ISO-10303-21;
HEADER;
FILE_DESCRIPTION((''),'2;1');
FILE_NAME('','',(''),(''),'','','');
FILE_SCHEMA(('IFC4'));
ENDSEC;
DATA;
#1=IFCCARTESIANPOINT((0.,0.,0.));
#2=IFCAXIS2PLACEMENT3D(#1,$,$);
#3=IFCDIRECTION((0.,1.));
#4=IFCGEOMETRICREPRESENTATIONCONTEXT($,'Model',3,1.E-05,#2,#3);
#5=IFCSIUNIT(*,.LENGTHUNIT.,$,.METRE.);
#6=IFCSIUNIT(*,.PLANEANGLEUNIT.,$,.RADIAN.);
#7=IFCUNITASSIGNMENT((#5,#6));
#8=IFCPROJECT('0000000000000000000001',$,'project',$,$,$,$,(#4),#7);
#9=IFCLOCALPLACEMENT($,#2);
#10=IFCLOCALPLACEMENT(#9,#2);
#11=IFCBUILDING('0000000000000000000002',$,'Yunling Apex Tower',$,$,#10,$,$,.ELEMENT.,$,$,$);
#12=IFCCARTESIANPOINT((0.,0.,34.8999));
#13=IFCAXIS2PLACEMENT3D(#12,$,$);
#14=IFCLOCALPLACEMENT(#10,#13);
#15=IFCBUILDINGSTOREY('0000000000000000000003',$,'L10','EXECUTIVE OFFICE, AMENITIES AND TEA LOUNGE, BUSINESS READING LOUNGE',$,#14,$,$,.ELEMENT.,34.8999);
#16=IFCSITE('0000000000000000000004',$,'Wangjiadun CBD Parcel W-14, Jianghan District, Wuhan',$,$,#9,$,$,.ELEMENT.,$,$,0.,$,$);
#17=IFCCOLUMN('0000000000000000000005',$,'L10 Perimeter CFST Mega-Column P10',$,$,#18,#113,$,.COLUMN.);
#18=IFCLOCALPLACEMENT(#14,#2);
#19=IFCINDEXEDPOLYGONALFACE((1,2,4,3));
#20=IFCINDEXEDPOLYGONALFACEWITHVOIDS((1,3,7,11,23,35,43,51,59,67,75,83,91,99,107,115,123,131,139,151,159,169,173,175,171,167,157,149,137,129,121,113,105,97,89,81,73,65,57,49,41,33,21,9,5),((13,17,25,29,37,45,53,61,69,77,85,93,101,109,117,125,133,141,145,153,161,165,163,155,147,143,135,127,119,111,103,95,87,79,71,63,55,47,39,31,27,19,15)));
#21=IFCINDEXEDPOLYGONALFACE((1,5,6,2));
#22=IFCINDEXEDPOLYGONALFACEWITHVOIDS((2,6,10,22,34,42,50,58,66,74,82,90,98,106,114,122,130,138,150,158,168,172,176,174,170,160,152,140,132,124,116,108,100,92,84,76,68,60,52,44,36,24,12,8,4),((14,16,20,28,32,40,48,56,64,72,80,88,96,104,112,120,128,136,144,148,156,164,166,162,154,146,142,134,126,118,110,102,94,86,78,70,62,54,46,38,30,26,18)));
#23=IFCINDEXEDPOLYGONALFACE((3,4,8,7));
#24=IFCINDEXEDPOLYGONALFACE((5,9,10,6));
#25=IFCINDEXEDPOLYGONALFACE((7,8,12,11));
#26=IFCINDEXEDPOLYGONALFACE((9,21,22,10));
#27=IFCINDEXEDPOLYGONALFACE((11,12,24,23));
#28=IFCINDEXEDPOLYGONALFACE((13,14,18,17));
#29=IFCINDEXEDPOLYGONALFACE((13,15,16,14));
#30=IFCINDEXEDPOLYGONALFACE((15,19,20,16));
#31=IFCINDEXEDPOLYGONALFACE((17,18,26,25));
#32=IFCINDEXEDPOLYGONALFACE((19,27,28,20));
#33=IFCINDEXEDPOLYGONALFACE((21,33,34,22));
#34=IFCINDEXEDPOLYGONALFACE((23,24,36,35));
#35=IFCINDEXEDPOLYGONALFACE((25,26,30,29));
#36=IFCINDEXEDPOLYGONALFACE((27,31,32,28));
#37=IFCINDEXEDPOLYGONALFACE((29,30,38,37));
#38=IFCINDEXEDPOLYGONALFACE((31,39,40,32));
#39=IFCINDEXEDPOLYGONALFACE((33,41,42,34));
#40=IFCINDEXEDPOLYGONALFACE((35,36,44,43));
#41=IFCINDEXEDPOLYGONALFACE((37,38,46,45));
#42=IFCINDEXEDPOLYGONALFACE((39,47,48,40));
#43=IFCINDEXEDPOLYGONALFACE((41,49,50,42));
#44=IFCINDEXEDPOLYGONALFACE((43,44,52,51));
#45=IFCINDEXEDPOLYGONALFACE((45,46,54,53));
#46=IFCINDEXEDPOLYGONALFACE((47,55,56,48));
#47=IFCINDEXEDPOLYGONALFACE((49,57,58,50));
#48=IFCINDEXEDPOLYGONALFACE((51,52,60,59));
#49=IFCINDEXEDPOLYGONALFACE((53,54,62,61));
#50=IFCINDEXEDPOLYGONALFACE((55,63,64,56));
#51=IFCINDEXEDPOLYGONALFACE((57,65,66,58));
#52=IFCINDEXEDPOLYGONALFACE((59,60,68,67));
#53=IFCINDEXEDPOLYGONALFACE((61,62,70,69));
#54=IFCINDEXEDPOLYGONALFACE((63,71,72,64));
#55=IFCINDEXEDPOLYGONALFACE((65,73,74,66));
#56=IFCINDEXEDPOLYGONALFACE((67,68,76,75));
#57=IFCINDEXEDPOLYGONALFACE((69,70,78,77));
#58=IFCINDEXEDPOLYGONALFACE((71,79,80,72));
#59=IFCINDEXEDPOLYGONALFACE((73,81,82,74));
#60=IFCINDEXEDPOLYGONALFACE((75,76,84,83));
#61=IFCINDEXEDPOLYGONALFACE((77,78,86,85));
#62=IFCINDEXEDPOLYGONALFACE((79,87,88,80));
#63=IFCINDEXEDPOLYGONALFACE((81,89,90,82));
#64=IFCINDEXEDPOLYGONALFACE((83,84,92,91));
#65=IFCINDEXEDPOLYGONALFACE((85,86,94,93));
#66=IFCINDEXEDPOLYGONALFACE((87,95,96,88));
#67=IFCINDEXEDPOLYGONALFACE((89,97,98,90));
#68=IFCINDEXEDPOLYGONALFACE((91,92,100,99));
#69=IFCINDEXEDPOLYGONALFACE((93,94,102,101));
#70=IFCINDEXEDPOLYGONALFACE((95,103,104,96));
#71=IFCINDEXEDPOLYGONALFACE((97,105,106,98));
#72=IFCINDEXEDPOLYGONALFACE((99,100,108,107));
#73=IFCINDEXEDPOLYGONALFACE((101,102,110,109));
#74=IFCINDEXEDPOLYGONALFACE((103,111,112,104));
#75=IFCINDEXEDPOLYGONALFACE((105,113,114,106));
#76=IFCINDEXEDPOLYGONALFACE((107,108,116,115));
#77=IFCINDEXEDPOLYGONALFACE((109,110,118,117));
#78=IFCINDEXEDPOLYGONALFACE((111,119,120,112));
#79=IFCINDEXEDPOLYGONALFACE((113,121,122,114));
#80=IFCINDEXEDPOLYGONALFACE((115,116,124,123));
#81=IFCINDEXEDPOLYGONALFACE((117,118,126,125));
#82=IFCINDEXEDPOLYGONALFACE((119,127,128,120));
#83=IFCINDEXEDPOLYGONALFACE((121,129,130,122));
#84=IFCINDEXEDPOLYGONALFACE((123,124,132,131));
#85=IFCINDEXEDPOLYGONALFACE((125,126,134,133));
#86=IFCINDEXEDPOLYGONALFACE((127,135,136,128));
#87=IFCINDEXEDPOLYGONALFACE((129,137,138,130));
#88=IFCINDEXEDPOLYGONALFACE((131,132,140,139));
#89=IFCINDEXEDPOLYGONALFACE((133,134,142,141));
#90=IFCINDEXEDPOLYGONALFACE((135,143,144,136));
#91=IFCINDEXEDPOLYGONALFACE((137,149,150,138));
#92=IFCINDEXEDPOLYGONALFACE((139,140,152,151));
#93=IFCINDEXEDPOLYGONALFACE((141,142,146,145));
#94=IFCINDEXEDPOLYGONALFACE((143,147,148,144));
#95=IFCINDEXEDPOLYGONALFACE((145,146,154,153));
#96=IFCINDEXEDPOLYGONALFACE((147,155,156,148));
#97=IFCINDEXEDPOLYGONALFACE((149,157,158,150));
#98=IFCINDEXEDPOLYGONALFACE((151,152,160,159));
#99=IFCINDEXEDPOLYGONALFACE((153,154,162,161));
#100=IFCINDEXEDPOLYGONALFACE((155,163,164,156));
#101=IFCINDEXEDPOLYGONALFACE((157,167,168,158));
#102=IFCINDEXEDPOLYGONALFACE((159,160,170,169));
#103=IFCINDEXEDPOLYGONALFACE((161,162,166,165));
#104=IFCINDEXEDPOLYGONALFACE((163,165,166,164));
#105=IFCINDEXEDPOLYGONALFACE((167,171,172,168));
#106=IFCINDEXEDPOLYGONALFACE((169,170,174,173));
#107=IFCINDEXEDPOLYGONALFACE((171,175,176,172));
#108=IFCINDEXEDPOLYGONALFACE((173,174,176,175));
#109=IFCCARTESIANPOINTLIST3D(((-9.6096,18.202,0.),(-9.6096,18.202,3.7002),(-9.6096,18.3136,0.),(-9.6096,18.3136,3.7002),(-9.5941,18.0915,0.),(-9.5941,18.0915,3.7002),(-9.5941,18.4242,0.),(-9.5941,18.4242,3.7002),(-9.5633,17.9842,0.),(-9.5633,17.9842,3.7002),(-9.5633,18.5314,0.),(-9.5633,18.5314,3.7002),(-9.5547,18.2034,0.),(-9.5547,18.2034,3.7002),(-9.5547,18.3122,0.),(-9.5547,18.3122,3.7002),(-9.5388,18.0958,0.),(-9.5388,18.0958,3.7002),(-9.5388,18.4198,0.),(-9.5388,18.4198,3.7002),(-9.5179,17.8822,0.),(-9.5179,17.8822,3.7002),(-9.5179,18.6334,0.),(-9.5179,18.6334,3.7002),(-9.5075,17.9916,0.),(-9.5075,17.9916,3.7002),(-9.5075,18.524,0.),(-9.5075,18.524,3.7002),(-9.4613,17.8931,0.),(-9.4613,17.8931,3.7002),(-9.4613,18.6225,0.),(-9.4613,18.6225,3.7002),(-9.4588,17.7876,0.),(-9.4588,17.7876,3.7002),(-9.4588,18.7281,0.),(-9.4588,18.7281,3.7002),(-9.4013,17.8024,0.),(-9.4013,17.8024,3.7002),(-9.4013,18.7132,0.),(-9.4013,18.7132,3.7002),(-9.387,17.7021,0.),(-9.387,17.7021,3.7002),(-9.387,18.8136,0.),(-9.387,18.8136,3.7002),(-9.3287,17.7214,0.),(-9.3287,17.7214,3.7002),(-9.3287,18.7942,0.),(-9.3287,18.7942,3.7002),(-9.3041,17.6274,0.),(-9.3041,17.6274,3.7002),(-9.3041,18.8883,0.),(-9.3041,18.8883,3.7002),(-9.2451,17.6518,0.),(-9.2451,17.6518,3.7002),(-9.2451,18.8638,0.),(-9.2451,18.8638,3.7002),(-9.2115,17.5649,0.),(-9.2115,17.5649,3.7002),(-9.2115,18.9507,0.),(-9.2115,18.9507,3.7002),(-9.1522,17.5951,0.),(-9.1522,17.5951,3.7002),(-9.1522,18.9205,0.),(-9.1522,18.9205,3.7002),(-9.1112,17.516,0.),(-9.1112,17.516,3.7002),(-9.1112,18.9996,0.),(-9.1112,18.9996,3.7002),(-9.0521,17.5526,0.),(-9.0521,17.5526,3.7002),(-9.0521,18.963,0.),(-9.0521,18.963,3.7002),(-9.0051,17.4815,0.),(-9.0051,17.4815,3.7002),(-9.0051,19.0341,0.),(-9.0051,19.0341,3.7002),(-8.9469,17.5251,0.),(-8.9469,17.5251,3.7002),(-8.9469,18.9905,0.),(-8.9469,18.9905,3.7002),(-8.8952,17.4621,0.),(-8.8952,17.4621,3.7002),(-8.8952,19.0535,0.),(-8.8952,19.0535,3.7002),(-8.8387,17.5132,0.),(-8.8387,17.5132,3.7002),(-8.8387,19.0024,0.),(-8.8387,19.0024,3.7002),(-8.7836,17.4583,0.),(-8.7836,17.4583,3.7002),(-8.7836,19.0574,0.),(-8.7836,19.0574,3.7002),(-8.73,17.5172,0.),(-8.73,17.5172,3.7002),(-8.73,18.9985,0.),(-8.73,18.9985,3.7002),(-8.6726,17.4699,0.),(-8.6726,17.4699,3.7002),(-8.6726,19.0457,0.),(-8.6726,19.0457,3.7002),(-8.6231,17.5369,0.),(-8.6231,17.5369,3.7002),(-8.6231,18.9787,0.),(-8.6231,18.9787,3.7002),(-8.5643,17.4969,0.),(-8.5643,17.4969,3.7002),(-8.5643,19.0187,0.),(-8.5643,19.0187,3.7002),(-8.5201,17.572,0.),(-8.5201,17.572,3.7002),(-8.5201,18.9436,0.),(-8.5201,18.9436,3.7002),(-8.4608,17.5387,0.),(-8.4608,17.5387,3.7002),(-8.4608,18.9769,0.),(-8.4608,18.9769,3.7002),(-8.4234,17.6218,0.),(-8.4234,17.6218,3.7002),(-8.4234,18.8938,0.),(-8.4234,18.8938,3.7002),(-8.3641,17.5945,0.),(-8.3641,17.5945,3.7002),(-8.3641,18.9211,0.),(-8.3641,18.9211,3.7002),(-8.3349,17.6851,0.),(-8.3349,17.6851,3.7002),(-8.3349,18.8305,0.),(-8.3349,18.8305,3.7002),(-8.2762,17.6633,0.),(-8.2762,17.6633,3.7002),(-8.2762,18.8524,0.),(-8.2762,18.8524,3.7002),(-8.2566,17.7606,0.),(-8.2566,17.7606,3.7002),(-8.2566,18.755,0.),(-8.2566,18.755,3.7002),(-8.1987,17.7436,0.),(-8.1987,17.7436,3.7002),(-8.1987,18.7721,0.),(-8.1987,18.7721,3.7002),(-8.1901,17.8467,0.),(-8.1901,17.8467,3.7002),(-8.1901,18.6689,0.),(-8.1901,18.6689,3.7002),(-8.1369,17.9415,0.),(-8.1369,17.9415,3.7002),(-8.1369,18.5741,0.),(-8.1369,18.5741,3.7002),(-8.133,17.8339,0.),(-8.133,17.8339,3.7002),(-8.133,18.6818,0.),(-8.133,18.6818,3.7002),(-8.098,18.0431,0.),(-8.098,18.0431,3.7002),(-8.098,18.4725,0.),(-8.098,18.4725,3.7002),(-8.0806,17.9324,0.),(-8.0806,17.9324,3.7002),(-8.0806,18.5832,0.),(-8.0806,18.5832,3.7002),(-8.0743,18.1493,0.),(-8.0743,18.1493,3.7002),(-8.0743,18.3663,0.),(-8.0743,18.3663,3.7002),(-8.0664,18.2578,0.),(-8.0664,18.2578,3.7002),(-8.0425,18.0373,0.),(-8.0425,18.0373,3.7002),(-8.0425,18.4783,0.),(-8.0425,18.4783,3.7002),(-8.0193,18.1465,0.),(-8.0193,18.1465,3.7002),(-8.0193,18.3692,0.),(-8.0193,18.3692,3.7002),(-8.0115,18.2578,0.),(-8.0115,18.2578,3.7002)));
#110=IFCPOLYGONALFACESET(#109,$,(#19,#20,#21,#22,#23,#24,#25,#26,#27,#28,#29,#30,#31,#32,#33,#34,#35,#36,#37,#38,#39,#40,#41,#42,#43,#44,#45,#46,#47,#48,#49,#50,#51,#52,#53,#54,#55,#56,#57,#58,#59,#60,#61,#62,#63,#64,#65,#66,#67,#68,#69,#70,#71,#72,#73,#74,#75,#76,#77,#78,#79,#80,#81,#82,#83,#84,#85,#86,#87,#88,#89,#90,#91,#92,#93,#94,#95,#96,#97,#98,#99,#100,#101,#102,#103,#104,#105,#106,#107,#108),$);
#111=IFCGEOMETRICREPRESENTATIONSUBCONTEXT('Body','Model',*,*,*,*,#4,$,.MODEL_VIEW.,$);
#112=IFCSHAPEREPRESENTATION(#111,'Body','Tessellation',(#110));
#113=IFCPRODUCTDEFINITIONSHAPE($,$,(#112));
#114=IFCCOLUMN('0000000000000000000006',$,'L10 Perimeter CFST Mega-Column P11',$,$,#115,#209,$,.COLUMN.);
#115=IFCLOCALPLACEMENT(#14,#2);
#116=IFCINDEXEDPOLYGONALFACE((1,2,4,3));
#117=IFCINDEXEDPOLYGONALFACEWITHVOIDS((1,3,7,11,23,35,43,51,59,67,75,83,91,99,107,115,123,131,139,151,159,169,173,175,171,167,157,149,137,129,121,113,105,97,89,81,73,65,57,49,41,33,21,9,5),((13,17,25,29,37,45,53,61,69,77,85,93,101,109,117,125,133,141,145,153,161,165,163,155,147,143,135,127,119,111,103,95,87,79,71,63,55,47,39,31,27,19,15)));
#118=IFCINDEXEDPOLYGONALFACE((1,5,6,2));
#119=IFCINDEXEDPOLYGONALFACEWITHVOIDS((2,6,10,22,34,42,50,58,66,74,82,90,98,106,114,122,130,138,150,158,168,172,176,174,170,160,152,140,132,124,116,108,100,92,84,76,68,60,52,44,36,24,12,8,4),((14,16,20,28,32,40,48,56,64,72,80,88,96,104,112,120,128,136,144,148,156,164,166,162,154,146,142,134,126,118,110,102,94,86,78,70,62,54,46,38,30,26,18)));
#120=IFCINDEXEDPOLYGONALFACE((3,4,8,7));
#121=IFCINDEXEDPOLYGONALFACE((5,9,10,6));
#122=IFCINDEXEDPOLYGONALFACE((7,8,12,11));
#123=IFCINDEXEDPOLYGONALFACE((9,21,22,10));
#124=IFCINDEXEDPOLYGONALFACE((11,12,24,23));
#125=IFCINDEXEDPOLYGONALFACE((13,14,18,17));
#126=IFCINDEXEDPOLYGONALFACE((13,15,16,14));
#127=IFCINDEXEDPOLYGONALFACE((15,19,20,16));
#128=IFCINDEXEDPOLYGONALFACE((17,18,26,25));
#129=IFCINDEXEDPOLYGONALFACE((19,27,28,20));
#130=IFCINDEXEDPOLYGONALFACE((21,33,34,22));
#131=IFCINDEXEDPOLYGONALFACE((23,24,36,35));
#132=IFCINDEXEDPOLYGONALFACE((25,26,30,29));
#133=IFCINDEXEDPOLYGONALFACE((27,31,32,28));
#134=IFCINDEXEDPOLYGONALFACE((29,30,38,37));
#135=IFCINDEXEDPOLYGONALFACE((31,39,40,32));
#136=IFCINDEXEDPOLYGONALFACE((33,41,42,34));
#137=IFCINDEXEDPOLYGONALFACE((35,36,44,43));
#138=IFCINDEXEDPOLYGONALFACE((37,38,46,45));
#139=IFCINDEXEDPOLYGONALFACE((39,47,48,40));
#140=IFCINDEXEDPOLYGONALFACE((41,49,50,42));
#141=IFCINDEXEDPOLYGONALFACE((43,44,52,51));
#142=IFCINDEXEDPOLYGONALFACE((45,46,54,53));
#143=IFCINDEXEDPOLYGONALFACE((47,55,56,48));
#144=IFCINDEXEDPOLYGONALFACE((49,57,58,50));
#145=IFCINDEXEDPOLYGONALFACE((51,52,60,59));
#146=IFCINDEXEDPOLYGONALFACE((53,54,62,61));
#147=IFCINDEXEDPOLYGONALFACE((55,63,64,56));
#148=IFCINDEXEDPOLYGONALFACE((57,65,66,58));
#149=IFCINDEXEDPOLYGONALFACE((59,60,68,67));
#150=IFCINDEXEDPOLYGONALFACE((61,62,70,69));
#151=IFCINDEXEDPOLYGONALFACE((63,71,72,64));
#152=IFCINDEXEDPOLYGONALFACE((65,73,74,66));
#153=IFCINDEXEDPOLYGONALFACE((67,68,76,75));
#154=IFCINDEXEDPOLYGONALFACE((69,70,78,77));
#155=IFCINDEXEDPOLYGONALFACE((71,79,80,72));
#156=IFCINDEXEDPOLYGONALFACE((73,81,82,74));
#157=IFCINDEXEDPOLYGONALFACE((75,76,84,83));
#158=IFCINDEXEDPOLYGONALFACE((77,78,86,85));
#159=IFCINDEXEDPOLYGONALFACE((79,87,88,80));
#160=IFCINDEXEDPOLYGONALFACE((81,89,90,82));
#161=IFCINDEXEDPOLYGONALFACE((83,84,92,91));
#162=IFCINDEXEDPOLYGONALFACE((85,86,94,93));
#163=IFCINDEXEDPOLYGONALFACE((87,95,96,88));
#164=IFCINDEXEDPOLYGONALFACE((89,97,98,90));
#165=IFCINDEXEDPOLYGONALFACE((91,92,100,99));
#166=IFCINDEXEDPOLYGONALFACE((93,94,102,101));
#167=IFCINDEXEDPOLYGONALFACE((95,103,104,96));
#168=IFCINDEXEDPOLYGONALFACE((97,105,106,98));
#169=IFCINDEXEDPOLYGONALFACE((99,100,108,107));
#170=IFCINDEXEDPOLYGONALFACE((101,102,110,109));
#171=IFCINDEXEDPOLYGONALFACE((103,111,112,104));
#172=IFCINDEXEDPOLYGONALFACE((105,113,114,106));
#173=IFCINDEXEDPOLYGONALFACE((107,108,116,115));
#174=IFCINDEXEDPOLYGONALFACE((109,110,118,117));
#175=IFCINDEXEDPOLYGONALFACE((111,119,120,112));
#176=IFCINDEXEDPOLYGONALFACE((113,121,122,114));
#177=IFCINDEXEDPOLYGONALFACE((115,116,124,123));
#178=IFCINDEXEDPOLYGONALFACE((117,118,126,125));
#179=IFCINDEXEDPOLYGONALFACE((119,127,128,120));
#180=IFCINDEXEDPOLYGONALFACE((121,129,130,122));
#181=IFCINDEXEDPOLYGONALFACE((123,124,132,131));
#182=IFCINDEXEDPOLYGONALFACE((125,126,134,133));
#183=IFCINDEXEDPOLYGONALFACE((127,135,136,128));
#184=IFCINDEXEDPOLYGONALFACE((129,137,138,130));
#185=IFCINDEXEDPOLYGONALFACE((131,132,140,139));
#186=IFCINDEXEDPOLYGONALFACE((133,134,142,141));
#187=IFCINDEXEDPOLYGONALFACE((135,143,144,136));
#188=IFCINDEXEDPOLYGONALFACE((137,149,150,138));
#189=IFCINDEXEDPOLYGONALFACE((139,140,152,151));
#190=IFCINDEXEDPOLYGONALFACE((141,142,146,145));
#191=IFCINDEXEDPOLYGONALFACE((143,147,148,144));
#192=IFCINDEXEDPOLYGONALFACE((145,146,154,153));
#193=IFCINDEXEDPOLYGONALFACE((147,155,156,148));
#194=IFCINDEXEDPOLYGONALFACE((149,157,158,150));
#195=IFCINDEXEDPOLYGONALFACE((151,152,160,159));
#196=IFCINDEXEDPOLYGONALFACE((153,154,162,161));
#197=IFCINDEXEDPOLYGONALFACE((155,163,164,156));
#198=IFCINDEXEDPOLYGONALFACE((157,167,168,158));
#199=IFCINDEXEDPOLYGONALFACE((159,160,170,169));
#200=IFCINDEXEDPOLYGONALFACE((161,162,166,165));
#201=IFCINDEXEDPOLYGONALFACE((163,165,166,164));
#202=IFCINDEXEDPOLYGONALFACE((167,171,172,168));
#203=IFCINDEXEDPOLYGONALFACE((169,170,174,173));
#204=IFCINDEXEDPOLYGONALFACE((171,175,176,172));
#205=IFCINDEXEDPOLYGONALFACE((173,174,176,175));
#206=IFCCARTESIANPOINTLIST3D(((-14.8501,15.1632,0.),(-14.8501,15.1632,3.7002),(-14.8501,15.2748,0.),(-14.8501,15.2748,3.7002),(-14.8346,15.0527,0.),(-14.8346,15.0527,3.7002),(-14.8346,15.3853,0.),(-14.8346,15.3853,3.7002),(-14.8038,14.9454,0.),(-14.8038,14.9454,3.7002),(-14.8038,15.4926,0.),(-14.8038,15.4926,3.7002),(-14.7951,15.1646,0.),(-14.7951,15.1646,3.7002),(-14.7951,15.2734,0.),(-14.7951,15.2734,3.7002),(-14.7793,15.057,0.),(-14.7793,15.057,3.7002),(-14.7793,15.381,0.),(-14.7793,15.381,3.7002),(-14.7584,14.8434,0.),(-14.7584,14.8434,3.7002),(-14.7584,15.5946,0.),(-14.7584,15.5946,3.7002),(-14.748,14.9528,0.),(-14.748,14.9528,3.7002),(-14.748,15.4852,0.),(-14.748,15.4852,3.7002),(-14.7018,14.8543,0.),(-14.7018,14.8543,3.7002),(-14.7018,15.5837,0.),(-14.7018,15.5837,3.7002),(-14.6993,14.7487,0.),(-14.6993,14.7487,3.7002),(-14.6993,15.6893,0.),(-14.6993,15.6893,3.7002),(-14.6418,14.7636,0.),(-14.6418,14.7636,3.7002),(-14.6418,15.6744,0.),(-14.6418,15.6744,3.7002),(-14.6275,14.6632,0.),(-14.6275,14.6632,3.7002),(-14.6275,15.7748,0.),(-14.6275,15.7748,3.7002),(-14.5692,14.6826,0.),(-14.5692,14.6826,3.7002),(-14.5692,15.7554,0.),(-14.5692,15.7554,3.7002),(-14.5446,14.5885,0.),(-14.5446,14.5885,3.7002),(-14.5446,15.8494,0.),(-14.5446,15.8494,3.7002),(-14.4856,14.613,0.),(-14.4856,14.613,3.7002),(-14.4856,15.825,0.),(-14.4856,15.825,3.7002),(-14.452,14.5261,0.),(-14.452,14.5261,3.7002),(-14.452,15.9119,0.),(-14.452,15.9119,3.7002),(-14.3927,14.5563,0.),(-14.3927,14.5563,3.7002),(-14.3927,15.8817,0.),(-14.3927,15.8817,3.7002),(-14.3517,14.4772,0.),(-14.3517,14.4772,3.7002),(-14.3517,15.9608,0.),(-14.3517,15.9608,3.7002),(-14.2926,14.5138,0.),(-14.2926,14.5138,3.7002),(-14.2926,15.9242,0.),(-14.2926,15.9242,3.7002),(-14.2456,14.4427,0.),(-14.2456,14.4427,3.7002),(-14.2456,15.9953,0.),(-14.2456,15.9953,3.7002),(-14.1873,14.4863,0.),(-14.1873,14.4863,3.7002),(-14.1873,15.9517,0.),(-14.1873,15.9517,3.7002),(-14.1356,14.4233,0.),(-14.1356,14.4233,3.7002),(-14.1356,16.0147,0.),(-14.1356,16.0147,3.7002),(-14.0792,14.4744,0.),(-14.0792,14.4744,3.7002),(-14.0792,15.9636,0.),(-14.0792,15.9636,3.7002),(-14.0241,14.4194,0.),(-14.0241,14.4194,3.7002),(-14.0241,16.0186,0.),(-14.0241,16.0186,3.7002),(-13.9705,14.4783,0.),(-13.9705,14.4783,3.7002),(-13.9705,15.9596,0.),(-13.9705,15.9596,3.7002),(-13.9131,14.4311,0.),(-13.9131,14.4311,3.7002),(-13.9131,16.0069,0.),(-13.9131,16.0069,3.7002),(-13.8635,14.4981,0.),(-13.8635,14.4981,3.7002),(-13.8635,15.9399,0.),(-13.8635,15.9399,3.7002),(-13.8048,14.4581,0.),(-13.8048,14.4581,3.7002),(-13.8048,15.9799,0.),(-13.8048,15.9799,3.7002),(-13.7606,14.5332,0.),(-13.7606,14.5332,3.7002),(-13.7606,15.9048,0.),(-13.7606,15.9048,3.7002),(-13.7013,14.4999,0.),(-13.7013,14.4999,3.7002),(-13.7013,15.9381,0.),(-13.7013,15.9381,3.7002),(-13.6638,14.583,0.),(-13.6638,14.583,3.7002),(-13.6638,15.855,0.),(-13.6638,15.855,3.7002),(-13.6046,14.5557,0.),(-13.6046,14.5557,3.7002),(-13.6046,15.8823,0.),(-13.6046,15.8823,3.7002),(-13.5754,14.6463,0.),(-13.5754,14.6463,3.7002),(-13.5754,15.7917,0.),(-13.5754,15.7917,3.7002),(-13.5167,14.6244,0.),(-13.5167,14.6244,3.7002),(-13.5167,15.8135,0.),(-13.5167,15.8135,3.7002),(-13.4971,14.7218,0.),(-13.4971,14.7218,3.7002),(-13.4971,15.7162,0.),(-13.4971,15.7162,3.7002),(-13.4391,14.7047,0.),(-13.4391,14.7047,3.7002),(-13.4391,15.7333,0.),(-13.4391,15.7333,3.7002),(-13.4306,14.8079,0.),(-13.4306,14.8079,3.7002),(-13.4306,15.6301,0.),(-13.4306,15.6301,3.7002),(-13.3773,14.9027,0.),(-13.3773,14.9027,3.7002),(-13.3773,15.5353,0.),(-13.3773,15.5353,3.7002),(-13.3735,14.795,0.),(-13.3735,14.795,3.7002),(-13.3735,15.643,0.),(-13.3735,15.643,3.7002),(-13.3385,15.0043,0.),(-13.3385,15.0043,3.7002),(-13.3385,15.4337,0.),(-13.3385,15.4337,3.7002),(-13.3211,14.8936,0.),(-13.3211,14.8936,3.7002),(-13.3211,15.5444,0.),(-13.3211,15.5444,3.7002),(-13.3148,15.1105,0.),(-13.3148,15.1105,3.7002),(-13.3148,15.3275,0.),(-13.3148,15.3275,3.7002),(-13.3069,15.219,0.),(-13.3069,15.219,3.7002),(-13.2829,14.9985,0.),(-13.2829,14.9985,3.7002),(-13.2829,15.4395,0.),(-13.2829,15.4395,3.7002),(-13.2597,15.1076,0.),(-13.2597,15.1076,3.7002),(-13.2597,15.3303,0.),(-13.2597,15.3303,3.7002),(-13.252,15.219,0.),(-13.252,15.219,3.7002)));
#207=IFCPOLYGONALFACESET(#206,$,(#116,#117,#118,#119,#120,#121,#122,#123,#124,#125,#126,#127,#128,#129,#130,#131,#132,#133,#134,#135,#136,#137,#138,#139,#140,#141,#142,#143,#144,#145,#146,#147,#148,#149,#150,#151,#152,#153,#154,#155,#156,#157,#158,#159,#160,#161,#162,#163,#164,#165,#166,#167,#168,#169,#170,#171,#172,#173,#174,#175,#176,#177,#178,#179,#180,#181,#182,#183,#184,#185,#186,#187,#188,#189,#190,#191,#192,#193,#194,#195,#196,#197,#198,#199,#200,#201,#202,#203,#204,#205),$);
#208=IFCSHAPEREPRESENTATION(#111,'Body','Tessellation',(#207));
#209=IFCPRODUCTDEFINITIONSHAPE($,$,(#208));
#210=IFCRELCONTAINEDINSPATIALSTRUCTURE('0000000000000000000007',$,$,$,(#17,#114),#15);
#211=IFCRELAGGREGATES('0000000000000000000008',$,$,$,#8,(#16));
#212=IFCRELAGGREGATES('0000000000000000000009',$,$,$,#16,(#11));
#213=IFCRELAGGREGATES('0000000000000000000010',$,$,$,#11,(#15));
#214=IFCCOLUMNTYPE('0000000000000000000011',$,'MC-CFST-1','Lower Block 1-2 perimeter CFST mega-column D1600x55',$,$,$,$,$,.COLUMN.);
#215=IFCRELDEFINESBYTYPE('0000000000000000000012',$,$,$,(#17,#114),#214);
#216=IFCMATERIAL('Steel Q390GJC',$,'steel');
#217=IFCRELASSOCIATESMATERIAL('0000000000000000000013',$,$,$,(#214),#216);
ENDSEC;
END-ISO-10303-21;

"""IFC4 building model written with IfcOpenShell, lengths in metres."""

from ifc_helpers import new_model, si_unit, direction, frame, origin, origin_2d, place, context, subcontext, project, spatial, hollow_circle, extrude, source, transform, mapped, material, material_profile, profile_set, type_object, element, save


model = new_model("IFC4")

# Units and contexts
model_context = context("Model", 3, precision=1e-05, world=origin(), true_north=direction((0.0, 1.0)))
body_context = subcontext(model_context, "Body", "Model", "MODEL_VIEW")
ifc_project = project(units=[si_unit("LENGTHUNIT", "METRE"), si_unit("PLANEANGLEUNIT", "RADIAN")], contexts=[model_context])

# Site, building, storey
site_placement = place(None, origin())
site = spatial("IfcSite", under=ifc_project, at=site_placement, Name="Wangjiadun CBD Parcel W-14, Jianghan District, Wuhan", CompositionType="ELEMENT", RefElevation=0.0)
building_placement = place(site_placement, origin())
building = spatial("IfcBuilding", under=site, at=building_placement, Name="Yunling Apex Tower", CompositionType="ELEMENT")
storey_placement = place(building_placement, frame((0.0, 0.0, 34.8999)))
storey = spatial("IfcBuildingStorey", under=building, at=storey_placement, Name="L10", Description="EXECUTIVE OFFICE, AMENITIES AND TEA LOUNGE, BUSINESS READING LOUNGE", CompositionType="ELEMENT", Elevation=34.8999)

# Columns
ifc_material_1 = material(Name="Steel Q390GJC", Category="steel")
ifc_material_profile_1 = material_profile(ifc_material_1, hollow_circle(Radius=0.8, WallThickness=0.0549, at=origin_2d()))
ifc_profile_set_1 = profile_set([ifc_material_profile_1], Name="Steel Q390GJC")
column_type = type_object("IfcColumnType", Name="MC-CFST-1", Description="Lower Block 1-2 perimeter CFST mega-column D1600x55", PredefinedType="COLUMN", material=ifc_profile_set_1)
shared_shape_1 = source(origin(), body_context, "Body", "SweptSolid", [
    extrude(hollow_circle(Radius=0.8, WallThickness=0.0549, at=origin_2d()), origin(), (0.0, 0.0, 1.0), 3.7002),
])
for number, where, z_axis, x_axis, name in (
    (1, (-8.8115, 18.2578, 0.0), (0.0, 0.0, 1.0), (1.0, 0.0, 0.0), "L10 Perimeter CFST Mega-Column P10"),
    (2, (-14.052, 15.219, 0.0), (0.0, 0.0, 1.0), (1.0, 0.0, 0.0), "L10 Perimeter CFST Mega-Column P11"),
):
    element("IfcColumn", number, at=place(storey_placement, frame(where, z_axis=z_axis, x_axis=x_axis)), inside=storey, type_object=column_type, Name=name, PredefinedType="COLUMN", context=body_context, shape_type="MappedRepresentation", body=[
        mapped(shared_shape_1, transform((0.0, 0.0, 0.0), scale=1.0)),
    ])

save(model, "model.ifc")
